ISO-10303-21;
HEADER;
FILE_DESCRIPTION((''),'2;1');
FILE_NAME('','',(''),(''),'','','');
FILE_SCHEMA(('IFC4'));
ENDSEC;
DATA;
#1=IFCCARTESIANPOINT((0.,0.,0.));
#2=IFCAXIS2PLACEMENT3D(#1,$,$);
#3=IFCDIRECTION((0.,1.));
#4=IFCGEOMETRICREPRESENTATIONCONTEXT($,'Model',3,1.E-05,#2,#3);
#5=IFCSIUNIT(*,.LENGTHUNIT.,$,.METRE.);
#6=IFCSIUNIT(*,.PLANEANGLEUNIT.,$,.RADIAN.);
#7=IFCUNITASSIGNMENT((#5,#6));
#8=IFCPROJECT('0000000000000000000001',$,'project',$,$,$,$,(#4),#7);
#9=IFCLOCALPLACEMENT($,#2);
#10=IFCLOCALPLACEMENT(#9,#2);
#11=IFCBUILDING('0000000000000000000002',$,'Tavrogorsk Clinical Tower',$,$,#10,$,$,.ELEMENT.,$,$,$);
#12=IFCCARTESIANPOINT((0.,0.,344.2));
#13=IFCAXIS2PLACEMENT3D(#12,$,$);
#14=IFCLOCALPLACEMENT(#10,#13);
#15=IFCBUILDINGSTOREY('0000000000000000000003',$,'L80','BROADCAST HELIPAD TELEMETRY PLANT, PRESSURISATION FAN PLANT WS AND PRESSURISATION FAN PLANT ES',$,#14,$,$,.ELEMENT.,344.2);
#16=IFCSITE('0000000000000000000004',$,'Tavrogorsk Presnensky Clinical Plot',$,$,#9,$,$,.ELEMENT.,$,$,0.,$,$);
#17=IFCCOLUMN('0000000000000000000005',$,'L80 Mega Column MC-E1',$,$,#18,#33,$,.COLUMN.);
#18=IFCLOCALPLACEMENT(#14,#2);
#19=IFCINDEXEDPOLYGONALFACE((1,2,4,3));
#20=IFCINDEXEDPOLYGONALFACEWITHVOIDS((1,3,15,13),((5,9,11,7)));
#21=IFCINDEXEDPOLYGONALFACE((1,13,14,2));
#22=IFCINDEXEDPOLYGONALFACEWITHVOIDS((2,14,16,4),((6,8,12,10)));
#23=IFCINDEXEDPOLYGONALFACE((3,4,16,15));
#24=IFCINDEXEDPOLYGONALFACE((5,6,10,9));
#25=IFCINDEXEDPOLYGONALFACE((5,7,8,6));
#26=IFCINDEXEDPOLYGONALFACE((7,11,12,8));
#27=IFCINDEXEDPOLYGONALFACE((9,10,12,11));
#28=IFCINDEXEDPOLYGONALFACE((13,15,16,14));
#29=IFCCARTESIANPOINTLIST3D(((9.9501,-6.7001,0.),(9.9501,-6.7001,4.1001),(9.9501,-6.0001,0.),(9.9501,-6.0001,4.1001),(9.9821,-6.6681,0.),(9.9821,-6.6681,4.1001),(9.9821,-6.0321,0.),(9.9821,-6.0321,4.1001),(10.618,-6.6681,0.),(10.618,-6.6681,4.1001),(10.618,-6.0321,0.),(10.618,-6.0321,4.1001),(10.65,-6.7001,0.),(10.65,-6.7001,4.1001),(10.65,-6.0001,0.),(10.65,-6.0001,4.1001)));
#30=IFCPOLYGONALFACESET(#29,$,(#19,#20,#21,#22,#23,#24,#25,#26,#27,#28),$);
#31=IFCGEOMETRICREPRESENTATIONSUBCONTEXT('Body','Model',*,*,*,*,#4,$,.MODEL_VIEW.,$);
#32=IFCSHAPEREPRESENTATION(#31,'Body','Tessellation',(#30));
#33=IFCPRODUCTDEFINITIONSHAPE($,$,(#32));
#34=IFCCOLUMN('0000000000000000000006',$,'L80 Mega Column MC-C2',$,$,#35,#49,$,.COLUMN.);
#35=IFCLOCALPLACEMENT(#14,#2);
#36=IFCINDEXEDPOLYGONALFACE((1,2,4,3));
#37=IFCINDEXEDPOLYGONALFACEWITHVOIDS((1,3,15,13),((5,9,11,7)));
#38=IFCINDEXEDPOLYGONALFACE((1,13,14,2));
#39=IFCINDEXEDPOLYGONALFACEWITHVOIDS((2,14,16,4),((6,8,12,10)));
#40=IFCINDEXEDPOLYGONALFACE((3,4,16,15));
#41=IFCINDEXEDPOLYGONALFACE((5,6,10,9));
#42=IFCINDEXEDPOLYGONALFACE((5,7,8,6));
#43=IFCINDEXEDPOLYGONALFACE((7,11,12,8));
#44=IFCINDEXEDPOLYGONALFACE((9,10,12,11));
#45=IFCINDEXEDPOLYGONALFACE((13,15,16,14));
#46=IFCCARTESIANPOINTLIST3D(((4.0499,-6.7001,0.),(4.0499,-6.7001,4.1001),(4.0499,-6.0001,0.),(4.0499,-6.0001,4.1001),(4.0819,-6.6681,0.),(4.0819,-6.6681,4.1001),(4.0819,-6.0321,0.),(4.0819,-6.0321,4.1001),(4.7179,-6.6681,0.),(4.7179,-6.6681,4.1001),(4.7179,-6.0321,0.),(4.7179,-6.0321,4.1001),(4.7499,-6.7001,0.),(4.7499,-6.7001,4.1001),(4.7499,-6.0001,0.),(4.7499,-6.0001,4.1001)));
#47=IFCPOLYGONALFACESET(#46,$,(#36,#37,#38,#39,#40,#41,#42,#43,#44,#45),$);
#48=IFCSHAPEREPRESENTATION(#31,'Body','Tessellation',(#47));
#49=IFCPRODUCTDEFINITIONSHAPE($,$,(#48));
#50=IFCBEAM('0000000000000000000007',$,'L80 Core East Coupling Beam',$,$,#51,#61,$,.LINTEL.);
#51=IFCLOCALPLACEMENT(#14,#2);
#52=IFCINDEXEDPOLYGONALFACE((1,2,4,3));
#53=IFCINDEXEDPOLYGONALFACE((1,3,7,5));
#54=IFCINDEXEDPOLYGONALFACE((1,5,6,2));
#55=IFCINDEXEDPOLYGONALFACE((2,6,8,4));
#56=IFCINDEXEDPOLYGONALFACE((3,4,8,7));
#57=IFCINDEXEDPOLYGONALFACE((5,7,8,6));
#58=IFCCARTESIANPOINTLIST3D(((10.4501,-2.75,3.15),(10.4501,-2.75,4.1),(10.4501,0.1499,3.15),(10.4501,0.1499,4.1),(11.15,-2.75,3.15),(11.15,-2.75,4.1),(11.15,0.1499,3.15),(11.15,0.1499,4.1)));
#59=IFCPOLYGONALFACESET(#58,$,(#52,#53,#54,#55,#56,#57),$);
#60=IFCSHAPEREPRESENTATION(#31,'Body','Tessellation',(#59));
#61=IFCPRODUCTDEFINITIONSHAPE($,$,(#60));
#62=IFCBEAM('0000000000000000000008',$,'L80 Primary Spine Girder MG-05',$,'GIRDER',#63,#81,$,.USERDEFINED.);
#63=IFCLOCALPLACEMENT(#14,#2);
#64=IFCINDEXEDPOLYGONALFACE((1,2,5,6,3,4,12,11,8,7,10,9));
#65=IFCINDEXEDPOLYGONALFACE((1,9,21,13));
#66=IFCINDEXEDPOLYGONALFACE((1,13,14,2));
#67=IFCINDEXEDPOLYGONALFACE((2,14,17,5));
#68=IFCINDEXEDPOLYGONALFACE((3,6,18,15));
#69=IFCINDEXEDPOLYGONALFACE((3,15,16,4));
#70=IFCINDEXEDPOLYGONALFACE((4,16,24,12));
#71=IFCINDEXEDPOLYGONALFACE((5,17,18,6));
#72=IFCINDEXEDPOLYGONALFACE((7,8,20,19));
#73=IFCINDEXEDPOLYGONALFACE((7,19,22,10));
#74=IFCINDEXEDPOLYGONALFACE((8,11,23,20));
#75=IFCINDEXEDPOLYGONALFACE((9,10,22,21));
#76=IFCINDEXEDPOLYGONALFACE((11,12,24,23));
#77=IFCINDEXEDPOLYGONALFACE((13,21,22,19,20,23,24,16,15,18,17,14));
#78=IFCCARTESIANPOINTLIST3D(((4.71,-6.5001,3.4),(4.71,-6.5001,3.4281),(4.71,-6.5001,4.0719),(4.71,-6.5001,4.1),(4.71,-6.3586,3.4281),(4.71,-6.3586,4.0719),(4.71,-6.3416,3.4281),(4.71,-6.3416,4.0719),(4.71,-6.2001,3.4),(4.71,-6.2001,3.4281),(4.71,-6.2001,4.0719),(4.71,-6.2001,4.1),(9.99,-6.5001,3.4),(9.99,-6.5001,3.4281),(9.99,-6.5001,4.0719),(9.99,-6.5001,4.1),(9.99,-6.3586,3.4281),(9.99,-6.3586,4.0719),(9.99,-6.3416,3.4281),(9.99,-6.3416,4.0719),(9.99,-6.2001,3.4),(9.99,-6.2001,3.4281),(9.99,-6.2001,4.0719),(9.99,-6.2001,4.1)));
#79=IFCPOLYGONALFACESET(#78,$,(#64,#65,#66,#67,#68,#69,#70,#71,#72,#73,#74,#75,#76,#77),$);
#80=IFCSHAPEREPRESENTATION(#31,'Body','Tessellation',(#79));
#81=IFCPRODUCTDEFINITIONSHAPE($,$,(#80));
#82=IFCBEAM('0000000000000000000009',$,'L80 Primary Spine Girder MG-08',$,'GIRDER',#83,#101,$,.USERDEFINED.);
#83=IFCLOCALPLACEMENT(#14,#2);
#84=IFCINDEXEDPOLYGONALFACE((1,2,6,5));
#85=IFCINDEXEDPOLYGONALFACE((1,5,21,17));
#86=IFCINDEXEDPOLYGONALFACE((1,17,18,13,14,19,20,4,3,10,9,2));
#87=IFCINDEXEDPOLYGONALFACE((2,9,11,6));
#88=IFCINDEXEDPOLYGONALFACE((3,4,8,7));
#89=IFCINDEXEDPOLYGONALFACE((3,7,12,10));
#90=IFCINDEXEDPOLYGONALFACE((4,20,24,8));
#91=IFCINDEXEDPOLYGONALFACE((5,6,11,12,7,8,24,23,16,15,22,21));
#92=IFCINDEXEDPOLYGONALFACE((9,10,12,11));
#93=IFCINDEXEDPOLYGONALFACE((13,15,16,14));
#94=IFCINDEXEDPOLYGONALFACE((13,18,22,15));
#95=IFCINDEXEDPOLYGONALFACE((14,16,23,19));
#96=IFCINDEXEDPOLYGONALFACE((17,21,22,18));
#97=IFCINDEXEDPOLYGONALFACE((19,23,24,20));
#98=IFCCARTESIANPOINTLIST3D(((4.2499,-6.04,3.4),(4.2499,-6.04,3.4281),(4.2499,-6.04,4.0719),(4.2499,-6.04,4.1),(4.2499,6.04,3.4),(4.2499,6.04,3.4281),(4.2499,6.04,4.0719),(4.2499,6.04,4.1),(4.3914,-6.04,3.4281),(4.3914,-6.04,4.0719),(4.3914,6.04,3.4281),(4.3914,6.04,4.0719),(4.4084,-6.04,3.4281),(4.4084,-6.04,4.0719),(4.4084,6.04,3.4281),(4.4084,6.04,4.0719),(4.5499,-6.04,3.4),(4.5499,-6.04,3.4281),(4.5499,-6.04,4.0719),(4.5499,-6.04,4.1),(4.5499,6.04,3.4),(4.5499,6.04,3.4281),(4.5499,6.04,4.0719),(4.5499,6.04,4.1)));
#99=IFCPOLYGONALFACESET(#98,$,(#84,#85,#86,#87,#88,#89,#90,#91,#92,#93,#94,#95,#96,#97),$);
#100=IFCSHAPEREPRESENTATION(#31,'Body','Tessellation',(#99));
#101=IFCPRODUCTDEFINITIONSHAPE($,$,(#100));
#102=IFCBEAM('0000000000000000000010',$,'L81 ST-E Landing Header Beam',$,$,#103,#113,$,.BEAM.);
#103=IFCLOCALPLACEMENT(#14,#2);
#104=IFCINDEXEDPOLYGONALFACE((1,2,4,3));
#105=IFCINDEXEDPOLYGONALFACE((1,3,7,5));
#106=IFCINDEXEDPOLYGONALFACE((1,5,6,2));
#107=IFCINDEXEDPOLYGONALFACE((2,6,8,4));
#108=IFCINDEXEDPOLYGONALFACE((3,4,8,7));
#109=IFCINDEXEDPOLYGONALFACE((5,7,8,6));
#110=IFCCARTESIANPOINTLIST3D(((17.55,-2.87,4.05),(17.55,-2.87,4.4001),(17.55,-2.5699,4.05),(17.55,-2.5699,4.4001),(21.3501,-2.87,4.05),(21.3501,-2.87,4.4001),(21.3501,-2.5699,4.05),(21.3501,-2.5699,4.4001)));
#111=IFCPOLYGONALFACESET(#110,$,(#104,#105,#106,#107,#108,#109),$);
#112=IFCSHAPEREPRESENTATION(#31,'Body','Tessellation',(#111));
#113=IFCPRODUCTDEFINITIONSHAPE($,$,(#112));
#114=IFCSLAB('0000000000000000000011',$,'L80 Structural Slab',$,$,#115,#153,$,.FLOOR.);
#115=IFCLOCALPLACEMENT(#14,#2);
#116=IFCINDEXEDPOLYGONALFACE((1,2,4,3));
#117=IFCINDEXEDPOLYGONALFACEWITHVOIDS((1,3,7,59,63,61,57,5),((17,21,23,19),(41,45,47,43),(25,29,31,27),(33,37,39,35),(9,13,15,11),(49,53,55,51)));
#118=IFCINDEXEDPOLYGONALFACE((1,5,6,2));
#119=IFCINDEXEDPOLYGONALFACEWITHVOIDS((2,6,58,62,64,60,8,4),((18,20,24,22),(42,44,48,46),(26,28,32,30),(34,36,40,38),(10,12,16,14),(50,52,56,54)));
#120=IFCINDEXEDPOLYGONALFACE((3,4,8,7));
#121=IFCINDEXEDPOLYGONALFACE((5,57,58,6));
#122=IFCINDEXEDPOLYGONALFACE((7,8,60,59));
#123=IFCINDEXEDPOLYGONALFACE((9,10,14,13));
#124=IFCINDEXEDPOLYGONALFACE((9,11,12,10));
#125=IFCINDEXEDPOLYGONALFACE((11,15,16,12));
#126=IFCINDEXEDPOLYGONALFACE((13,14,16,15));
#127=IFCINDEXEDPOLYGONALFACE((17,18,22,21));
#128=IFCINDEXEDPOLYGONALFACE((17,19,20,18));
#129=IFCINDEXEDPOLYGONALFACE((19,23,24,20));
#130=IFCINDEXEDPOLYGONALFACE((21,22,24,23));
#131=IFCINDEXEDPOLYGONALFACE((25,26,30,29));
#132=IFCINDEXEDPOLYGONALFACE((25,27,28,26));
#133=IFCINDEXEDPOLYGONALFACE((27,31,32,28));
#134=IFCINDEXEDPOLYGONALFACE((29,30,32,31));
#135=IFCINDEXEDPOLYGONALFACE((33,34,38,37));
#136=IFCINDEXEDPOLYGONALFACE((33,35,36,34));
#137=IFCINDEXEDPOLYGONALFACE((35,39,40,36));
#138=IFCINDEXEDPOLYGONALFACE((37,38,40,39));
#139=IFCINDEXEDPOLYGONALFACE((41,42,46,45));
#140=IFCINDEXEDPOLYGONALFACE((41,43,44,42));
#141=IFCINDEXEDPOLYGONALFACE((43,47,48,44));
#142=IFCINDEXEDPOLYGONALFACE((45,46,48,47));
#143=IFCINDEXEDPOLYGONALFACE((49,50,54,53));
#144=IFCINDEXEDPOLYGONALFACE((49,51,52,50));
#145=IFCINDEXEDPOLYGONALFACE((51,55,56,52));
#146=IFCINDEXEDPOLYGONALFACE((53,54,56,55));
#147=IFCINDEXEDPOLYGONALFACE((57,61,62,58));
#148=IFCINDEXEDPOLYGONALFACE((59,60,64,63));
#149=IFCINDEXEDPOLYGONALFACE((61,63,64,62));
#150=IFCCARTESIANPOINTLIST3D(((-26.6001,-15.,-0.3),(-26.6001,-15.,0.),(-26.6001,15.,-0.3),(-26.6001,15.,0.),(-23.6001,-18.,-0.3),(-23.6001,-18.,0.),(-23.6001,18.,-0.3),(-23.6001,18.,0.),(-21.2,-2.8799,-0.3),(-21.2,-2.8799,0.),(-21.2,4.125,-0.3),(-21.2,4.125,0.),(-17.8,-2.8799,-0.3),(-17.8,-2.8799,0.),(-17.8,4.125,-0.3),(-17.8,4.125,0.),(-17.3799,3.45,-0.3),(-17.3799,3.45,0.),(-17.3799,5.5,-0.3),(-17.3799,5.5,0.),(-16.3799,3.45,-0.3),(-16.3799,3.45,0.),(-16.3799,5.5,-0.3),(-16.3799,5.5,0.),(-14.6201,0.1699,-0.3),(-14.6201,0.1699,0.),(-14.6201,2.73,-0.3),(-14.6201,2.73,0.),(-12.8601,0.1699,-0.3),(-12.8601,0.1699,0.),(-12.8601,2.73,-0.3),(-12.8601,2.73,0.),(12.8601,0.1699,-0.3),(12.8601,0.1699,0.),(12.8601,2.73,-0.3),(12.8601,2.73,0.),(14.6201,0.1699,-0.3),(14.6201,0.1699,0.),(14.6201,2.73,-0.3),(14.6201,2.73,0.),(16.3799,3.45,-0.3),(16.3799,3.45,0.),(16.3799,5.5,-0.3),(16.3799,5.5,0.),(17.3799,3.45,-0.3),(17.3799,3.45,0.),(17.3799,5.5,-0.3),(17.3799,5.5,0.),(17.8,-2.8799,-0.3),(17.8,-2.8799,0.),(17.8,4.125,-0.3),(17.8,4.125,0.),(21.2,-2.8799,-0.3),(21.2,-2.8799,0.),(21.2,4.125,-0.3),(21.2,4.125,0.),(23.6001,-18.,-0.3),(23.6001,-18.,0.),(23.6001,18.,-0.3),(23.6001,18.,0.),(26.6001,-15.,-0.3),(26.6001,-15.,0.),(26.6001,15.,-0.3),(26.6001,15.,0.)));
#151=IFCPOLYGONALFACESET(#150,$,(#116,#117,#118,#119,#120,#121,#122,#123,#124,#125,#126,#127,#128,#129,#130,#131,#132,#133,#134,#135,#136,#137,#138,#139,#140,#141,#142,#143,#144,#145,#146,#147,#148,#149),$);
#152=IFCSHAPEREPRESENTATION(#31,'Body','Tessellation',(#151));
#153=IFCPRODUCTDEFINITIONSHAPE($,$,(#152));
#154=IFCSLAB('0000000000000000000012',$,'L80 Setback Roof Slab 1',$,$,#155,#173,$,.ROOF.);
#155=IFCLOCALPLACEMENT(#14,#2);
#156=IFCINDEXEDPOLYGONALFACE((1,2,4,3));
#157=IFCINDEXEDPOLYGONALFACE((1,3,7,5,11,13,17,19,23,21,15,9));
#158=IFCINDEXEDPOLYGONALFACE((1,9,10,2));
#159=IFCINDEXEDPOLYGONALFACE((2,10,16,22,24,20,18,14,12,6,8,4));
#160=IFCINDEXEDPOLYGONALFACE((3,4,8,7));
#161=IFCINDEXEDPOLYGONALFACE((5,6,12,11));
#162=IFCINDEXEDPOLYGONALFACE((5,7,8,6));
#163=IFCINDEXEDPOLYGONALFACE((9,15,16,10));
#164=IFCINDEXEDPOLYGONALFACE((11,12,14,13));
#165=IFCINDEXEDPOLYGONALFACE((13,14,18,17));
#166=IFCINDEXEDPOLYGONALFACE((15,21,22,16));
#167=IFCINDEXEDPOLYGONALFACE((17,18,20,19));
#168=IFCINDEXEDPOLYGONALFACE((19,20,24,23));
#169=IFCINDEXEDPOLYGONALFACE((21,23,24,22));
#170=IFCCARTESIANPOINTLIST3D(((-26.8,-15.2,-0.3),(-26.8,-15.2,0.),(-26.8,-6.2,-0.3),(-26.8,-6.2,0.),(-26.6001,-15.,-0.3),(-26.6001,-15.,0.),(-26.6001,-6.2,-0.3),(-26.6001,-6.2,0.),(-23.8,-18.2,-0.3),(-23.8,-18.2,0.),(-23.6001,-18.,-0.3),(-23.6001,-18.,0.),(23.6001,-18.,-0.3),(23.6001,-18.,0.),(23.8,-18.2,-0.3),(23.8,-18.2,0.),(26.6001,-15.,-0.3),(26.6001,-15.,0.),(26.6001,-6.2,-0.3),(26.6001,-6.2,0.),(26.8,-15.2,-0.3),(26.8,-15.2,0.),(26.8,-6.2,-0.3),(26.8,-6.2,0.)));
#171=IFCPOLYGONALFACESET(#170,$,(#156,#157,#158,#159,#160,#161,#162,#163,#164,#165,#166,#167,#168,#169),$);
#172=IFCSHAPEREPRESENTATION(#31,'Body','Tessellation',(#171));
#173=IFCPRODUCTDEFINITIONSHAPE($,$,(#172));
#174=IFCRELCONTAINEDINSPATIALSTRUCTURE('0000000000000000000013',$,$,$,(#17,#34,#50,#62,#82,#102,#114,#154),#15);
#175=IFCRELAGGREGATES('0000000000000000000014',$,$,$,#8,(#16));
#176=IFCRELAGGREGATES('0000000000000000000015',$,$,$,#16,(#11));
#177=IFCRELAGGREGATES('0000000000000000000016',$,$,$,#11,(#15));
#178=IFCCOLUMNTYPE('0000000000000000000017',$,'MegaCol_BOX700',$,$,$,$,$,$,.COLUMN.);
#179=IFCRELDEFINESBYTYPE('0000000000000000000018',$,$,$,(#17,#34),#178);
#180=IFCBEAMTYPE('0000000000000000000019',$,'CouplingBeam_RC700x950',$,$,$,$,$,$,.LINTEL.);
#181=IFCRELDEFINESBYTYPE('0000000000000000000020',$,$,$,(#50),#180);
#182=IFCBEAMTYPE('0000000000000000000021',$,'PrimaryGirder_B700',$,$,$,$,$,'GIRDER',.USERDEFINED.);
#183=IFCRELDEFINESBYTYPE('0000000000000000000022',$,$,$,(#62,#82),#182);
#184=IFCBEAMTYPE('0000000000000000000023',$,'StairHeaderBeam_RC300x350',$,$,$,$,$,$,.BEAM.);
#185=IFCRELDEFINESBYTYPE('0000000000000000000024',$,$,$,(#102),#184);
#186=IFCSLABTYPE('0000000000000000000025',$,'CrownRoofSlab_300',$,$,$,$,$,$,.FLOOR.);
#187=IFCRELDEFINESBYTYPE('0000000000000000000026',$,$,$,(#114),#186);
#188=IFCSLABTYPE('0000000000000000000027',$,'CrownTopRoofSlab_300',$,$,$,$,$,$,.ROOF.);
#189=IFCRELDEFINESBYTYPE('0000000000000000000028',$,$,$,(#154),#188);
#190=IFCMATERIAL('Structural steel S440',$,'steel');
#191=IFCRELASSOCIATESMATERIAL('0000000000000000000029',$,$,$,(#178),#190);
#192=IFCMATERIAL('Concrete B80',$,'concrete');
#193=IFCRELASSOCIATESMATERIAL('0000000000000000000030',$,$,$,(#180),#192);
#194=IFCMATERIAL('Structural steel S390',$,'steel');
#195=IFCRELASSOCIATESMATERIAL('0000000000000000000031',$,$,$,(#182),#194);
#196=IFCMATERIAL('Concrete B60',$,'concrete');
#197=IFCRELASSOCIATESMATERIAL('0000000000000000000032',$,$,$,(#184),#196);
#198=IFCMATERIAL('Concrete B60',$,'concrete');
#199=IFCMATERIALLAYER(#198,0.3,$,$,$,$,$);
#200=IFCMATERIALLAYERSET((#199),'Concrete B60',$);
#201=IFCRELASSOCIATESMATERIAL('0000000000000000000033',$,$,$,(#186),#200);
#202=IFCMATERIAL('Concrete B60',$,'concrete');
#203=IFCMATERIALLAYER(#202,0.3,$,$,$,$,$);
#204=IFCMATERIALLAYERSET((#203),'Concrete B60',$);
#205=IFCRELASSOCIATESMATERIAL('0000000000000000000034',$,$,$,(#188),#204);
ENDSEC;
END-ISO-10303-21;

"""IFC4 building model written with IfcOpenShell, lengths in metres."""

from ifc_helpers import new_model, si_unit, direction, frame, origin, origin_2d, place, context, subcontext, project, spatial, polyline, rectangle, hollow_rectangle, i_section, outline, extrude, material, layer, layer_set, material_profile, profile_set, type_object, element, save


model = new_model("IFC4")

# Units and contexts
model_context = context("Model", 3, precision=1e-05, world=origin(), true_north=direction((0.0, 1.0)))
body_context = subcontext(model_context, "Body", "Model", "MODEL_VIEW")
ifc_project = project(units=[si_unit("LENGTHUNIT", "METRE"), si_unit("PLANEANGLEUNIT", "RADIAN")], contexts=[model_context])

# Site, building, storey
site_placement = place(None, origin())
site = spatial("IfcSite", under=ifc_project, at=site_placement, Name="Tavrogorsk Presnensky Clinical Plot", CompositionType="ELEMENT", RefElevation=0.0)
building_placement = place(site_placement, origin())
building = spatial("IfcBuilding", under=site, at=building_placement, Name="Tavrogorsk Clinical Tower", CompositionType="ELEMENT")
storey_placement = place(building_placement, frame((0.0, 0.0, 344.2)))
storey = spatial("IfcBuildingStorey", under=building, at=storey_placement, Name="L80", Description="BROADCAST HELIPAD TELEMETRY PLANT, PRESSURISATION FAN PLANT WS AND PRESSURISATION FAN PLANT ES", CompositionType="ELEMENT", Elevation=344.2)

# Columns
ifc_material_1 = material(Name="Structural steel S440", Category="steel")
ifc_material_profile_1 = material_profile(ifc_material_1, hollow_rectangle(XDim=0.7, YDim=0.7, WallThickness=0.032, at=origin_2d()), Name="BOX-700x700x32")
ifc_profile_set_1 = profile_set([ifc_material_profile_1], Name="Structural steel S440")
column_type = type_object("IfcColumnType", Name="MegaCol_BOX700", PredefinedType="COLUMN", material=ifc_profile_set_1)
for number, where, z_axis, x_axis, name in (
    (1, (10.3, -6.3501, 0.0), (0.0, 0.0, 1.0), (1.0, 0.0, 0.0), "L80 Mega Column MC-E1"),
    (2, (4.3999, -6.3501, 0.0), (0.0, 0.0, 1.0), (1.0, 0.0, 0.0), "L80 Mega Column MC-C2"),
):
    element("IfcColumn", number, at=place(storey_placement, frame(where, z_axis=z_axis, x_axis=x_axis)), inside=storey, type_object=column_type, Name=name, PredefinedType="COLUMN", context=body_context, shape_type="SweptSolid", body=[
        extrude(hollow_rectangle(XDim=0.7, YDim=0.7, WallThickness=0.032, at=origin_2d()), origin(), (0.0, 0.0, 1.0), 4.1001),
    ])

# Beams
ifc_material_2 = material(Name="Concrete B80", Category="concrete")
ifc_material_profile_2 = material_profile(ifc_material_2, rectangle(XDim=0.7, YDim=0.95, at=origin_2d()), Name="RC-CB-700x950")
ifc_profile_set_2 = profile_set([ifc_material_profile_2], Name="Concrete B80")
beam_type_1 = type_object("IfcBeamType", Name="CouplingBeam_RC700x950", PredefinedType="LINTEL", material=ifc_profile_set_2)
beam_1_placement = place(storey_placement, frame((10.8, -2.75, 3.625), z_axis=(0.0, 1.0, 0.0), x_axis=(-1.0, 0.0, 0.0)))
element("IfcBeam", 3, at=beam_1_placement, inside=storey, type_object=beam_type_1, Name="L80 Core East Coupling Beam", PredefinedType="LINTEL", context=body_context, shape_type="SweptSolid", body=[
    extrude(rectangle(XDim=0.7, YDim=0.95, at=origin_2d()), origin(), (0.0, 0.0, 1.0), 2.8999),
])
ifc_material_3 = material(Name="Structural steel S390", Category="steel")
ifc_material_profile_3 = material_profile(ifc_material_3, i_section(OverallWidth=0.3, OverallDepth=0.7, WebThickness=0.0171, FlangeThickness=0.0281, at=origin_2d()), Name="B-700x300x17x28")
ifc_profile_set_3 = profile_set([ifc_material_profile_3], Name="Structural steel S390")
beam_type_2 = type_object("IfcBeamType", Name="PrimaryGirder_B700", ElementType="GIRDER", PredefinedType="USERDEFINED", material=ifc_profile_set_3)
beam_2_placement = place(storey_placement, frame((4.71, -6.3501, 3.75), z_axis=(1.0, 0.0, 0.0), x_axis=(0.0, 1.0, 0.0)))
element("IfcBeam", 4, at=beam_2_placement, inside=storey, type_object=beam_type_2, Name="L80 Primary Spine Girder MG-05", ObjectType="GIRDER", PredefinedType="USERDEFINED", context=body_context, shape_type="SweptSolid", body=[
    extrude(i_section(OverallWidth=0.3, OverallDepth=0.7, WebThickness=0.0171, FlangeThickness=0.0281, at=origin_2d()), origin(), (0.0, 0.0, 1.0), 5.28),
])
beam_3_placement = place(storey_placement, frame((4.3999, -6.04, 3.75), z_axis=(0.0, 1.0, 0.0), x_axis=(-1.0, 0.0, 0.0)))
element("IfcBeam", 5, at=beam_3_placement, inside=storey, type_object=beam_type_2, Name="L80 Primary Spine Girder MG-08", ObjectType="GIRDER", PredefinedType="USERDEFINED", context=body_context, shape_type="SweptSolid", body=[
    extrude(i_section(OverallWidth=0.3, OverallDepth=0.7, WebThickness=0.0171, FlangeThickness=0.0281, at=origin_2d()), origin(), (0.0, 0.0, 1.0), 12.0801),
])
ifc_material_4 = material(Name="Concrete B60", Category="concrete")
ifc_material_profile_4 = material_profile(ifc_material_4, rectangle(XDim=0.3, YDim=0.3501, at=origin_2d()), Name="RC-SHB-300x350")
ifc_profile_set_4 = profile_set([ifc_material_profile_4], Name="Concrete B60")
beam_type_3 = type_object("IfcBeamType", Name="StairHeaderBeam_RC300x350", PredefinedType="BEAM", material=ifc_profile_set_4)
beam_4_placement = place(storey_placement, frame((17.55, -2.72, 4.2251), z_axis=(1.0, 0.0, 0.0), x_axis=(0.0, 1.0, 0.0)))
element("IfcBeam", 6, at=beam_4_placement, inside=storey, type_object=beam_type_3, Name="L81 ST-E Landing Header Beam", PredefinedType="BEAM", context=body_context, shape_type="SweptSolid", body=[
    extrude(rectangle(XDim=0.3, YDim=0.3501, at=origin_2d()), origin(), (0.0, 0.0, 1.0), 3.8),
])

# Slabs
ifc_material_5 = material(Name="Concrete B60", Category="concrete")
ifc_layer_1 = layer(ifc_material_5, 0.3)
ifc_layer_set_1 = layer_set([ifc_layer_1], Name="Concrete B60")
slab_type_1 = type_object("IfcSlabType", Name="CrownRoofSlab_300", PredefinedType="FLOOR", material=ifc_layer_set_1)
slab_1_placement = place(storey_placement, frame((0.0, 0.0, -0.3)))
element("IfcSlab", 7, at=slab_1_placement, inside=storey, type_object=slab_type_1, Name="L80 Structural Slab", PredefinedType="FLOOR", context=body_context, shape_type="SweptSolid", body=[
    extrude(outline(polyline([(-23.6001, -18.0), (23.6001, -18.0), (26.6001, -15.0), (26.6001, 15.0), (23.6001, 18.0), (-23.6001, 18.0), (-26.6001, 15.0), (-26.6001, -15.0), (-23.6001, -18.0)]), holes=[polyline([(-17.8, -2.8799), (-17.8, 4.125), (-21.2, 4.125), (-21.2, -2.8799), (-17.8, -2.8799)]), polyline([(21.2, -2.8799), (21.2, 4.125), (17.8, 4.125), (17.8, -2.8799), (21.2, -2.8799)]), polyline([(-14.6201, 0.1699), (-12.8601, 0.1699), (-12.8601, 2.73), (-14.6201, 2.73), (-14.6201, 0.1699)]), polyline([(12.8601, 0.1699), (14.6201, 0.1699), (14.6201, 2.73), (12.8601, 2.73), (12.8601, 0.1699)]), polyline([(-17.3799, 3.45), (-16.3799, 3.45), (-16.3799, 5.5), (-17.3799, 5.5), (-17.3799, 3.45)]), polyline([(16.3799, 3.45), (17.3799, 3.45), (17.3799, 5.5), (16.3799, 5.5), (16.3799, 3.45)])]), origin(), (0.0, 0.0, 1.0), 0.3),
])
ifc_material_6 = material(Name="Concrete B60", Category="concrete")
ifc_layer_2 = layer(ifc_material_6, 0.3)
ifc_layer_set_2 = layer_set([ifc_layer_2], Name="Concrete B60")
slab_type_2 = type_object("IfcSlabType", Name="CrownTopRoofSlab_300", PredefinedType="ROOF", material=ifc_layer_set_2)
slab_2_placement = place(storey_placement, frame((0.0, 0.0, -0.3)))
element("IfcSlab", 8, at=slab_2_placement, inside=storey, type_object=slab_type_2, Name="L80 Setback Roof Slab 1", PredefinedType="ROOF", context=body_context, shape_type="SweptSolid", body=[
    extrude(outline(polyline([(-26.8, -6.2), (-26.6001, -6.2), (-26.6001, -15.0), (-23.6001, -18.0), (23.6001, -18.0), (26.6001, -15.0), (26.6001, -6.2), (26.8, -6.2), (26.8, -15.2), (23.8, -18.2), (-23.8, -18.2), (-26.8, -15.2), (-26.8, -6.2)])), origin(), (0.0, 0.0, 1.0), 0.3),
])

save(model, "model.ifc")
